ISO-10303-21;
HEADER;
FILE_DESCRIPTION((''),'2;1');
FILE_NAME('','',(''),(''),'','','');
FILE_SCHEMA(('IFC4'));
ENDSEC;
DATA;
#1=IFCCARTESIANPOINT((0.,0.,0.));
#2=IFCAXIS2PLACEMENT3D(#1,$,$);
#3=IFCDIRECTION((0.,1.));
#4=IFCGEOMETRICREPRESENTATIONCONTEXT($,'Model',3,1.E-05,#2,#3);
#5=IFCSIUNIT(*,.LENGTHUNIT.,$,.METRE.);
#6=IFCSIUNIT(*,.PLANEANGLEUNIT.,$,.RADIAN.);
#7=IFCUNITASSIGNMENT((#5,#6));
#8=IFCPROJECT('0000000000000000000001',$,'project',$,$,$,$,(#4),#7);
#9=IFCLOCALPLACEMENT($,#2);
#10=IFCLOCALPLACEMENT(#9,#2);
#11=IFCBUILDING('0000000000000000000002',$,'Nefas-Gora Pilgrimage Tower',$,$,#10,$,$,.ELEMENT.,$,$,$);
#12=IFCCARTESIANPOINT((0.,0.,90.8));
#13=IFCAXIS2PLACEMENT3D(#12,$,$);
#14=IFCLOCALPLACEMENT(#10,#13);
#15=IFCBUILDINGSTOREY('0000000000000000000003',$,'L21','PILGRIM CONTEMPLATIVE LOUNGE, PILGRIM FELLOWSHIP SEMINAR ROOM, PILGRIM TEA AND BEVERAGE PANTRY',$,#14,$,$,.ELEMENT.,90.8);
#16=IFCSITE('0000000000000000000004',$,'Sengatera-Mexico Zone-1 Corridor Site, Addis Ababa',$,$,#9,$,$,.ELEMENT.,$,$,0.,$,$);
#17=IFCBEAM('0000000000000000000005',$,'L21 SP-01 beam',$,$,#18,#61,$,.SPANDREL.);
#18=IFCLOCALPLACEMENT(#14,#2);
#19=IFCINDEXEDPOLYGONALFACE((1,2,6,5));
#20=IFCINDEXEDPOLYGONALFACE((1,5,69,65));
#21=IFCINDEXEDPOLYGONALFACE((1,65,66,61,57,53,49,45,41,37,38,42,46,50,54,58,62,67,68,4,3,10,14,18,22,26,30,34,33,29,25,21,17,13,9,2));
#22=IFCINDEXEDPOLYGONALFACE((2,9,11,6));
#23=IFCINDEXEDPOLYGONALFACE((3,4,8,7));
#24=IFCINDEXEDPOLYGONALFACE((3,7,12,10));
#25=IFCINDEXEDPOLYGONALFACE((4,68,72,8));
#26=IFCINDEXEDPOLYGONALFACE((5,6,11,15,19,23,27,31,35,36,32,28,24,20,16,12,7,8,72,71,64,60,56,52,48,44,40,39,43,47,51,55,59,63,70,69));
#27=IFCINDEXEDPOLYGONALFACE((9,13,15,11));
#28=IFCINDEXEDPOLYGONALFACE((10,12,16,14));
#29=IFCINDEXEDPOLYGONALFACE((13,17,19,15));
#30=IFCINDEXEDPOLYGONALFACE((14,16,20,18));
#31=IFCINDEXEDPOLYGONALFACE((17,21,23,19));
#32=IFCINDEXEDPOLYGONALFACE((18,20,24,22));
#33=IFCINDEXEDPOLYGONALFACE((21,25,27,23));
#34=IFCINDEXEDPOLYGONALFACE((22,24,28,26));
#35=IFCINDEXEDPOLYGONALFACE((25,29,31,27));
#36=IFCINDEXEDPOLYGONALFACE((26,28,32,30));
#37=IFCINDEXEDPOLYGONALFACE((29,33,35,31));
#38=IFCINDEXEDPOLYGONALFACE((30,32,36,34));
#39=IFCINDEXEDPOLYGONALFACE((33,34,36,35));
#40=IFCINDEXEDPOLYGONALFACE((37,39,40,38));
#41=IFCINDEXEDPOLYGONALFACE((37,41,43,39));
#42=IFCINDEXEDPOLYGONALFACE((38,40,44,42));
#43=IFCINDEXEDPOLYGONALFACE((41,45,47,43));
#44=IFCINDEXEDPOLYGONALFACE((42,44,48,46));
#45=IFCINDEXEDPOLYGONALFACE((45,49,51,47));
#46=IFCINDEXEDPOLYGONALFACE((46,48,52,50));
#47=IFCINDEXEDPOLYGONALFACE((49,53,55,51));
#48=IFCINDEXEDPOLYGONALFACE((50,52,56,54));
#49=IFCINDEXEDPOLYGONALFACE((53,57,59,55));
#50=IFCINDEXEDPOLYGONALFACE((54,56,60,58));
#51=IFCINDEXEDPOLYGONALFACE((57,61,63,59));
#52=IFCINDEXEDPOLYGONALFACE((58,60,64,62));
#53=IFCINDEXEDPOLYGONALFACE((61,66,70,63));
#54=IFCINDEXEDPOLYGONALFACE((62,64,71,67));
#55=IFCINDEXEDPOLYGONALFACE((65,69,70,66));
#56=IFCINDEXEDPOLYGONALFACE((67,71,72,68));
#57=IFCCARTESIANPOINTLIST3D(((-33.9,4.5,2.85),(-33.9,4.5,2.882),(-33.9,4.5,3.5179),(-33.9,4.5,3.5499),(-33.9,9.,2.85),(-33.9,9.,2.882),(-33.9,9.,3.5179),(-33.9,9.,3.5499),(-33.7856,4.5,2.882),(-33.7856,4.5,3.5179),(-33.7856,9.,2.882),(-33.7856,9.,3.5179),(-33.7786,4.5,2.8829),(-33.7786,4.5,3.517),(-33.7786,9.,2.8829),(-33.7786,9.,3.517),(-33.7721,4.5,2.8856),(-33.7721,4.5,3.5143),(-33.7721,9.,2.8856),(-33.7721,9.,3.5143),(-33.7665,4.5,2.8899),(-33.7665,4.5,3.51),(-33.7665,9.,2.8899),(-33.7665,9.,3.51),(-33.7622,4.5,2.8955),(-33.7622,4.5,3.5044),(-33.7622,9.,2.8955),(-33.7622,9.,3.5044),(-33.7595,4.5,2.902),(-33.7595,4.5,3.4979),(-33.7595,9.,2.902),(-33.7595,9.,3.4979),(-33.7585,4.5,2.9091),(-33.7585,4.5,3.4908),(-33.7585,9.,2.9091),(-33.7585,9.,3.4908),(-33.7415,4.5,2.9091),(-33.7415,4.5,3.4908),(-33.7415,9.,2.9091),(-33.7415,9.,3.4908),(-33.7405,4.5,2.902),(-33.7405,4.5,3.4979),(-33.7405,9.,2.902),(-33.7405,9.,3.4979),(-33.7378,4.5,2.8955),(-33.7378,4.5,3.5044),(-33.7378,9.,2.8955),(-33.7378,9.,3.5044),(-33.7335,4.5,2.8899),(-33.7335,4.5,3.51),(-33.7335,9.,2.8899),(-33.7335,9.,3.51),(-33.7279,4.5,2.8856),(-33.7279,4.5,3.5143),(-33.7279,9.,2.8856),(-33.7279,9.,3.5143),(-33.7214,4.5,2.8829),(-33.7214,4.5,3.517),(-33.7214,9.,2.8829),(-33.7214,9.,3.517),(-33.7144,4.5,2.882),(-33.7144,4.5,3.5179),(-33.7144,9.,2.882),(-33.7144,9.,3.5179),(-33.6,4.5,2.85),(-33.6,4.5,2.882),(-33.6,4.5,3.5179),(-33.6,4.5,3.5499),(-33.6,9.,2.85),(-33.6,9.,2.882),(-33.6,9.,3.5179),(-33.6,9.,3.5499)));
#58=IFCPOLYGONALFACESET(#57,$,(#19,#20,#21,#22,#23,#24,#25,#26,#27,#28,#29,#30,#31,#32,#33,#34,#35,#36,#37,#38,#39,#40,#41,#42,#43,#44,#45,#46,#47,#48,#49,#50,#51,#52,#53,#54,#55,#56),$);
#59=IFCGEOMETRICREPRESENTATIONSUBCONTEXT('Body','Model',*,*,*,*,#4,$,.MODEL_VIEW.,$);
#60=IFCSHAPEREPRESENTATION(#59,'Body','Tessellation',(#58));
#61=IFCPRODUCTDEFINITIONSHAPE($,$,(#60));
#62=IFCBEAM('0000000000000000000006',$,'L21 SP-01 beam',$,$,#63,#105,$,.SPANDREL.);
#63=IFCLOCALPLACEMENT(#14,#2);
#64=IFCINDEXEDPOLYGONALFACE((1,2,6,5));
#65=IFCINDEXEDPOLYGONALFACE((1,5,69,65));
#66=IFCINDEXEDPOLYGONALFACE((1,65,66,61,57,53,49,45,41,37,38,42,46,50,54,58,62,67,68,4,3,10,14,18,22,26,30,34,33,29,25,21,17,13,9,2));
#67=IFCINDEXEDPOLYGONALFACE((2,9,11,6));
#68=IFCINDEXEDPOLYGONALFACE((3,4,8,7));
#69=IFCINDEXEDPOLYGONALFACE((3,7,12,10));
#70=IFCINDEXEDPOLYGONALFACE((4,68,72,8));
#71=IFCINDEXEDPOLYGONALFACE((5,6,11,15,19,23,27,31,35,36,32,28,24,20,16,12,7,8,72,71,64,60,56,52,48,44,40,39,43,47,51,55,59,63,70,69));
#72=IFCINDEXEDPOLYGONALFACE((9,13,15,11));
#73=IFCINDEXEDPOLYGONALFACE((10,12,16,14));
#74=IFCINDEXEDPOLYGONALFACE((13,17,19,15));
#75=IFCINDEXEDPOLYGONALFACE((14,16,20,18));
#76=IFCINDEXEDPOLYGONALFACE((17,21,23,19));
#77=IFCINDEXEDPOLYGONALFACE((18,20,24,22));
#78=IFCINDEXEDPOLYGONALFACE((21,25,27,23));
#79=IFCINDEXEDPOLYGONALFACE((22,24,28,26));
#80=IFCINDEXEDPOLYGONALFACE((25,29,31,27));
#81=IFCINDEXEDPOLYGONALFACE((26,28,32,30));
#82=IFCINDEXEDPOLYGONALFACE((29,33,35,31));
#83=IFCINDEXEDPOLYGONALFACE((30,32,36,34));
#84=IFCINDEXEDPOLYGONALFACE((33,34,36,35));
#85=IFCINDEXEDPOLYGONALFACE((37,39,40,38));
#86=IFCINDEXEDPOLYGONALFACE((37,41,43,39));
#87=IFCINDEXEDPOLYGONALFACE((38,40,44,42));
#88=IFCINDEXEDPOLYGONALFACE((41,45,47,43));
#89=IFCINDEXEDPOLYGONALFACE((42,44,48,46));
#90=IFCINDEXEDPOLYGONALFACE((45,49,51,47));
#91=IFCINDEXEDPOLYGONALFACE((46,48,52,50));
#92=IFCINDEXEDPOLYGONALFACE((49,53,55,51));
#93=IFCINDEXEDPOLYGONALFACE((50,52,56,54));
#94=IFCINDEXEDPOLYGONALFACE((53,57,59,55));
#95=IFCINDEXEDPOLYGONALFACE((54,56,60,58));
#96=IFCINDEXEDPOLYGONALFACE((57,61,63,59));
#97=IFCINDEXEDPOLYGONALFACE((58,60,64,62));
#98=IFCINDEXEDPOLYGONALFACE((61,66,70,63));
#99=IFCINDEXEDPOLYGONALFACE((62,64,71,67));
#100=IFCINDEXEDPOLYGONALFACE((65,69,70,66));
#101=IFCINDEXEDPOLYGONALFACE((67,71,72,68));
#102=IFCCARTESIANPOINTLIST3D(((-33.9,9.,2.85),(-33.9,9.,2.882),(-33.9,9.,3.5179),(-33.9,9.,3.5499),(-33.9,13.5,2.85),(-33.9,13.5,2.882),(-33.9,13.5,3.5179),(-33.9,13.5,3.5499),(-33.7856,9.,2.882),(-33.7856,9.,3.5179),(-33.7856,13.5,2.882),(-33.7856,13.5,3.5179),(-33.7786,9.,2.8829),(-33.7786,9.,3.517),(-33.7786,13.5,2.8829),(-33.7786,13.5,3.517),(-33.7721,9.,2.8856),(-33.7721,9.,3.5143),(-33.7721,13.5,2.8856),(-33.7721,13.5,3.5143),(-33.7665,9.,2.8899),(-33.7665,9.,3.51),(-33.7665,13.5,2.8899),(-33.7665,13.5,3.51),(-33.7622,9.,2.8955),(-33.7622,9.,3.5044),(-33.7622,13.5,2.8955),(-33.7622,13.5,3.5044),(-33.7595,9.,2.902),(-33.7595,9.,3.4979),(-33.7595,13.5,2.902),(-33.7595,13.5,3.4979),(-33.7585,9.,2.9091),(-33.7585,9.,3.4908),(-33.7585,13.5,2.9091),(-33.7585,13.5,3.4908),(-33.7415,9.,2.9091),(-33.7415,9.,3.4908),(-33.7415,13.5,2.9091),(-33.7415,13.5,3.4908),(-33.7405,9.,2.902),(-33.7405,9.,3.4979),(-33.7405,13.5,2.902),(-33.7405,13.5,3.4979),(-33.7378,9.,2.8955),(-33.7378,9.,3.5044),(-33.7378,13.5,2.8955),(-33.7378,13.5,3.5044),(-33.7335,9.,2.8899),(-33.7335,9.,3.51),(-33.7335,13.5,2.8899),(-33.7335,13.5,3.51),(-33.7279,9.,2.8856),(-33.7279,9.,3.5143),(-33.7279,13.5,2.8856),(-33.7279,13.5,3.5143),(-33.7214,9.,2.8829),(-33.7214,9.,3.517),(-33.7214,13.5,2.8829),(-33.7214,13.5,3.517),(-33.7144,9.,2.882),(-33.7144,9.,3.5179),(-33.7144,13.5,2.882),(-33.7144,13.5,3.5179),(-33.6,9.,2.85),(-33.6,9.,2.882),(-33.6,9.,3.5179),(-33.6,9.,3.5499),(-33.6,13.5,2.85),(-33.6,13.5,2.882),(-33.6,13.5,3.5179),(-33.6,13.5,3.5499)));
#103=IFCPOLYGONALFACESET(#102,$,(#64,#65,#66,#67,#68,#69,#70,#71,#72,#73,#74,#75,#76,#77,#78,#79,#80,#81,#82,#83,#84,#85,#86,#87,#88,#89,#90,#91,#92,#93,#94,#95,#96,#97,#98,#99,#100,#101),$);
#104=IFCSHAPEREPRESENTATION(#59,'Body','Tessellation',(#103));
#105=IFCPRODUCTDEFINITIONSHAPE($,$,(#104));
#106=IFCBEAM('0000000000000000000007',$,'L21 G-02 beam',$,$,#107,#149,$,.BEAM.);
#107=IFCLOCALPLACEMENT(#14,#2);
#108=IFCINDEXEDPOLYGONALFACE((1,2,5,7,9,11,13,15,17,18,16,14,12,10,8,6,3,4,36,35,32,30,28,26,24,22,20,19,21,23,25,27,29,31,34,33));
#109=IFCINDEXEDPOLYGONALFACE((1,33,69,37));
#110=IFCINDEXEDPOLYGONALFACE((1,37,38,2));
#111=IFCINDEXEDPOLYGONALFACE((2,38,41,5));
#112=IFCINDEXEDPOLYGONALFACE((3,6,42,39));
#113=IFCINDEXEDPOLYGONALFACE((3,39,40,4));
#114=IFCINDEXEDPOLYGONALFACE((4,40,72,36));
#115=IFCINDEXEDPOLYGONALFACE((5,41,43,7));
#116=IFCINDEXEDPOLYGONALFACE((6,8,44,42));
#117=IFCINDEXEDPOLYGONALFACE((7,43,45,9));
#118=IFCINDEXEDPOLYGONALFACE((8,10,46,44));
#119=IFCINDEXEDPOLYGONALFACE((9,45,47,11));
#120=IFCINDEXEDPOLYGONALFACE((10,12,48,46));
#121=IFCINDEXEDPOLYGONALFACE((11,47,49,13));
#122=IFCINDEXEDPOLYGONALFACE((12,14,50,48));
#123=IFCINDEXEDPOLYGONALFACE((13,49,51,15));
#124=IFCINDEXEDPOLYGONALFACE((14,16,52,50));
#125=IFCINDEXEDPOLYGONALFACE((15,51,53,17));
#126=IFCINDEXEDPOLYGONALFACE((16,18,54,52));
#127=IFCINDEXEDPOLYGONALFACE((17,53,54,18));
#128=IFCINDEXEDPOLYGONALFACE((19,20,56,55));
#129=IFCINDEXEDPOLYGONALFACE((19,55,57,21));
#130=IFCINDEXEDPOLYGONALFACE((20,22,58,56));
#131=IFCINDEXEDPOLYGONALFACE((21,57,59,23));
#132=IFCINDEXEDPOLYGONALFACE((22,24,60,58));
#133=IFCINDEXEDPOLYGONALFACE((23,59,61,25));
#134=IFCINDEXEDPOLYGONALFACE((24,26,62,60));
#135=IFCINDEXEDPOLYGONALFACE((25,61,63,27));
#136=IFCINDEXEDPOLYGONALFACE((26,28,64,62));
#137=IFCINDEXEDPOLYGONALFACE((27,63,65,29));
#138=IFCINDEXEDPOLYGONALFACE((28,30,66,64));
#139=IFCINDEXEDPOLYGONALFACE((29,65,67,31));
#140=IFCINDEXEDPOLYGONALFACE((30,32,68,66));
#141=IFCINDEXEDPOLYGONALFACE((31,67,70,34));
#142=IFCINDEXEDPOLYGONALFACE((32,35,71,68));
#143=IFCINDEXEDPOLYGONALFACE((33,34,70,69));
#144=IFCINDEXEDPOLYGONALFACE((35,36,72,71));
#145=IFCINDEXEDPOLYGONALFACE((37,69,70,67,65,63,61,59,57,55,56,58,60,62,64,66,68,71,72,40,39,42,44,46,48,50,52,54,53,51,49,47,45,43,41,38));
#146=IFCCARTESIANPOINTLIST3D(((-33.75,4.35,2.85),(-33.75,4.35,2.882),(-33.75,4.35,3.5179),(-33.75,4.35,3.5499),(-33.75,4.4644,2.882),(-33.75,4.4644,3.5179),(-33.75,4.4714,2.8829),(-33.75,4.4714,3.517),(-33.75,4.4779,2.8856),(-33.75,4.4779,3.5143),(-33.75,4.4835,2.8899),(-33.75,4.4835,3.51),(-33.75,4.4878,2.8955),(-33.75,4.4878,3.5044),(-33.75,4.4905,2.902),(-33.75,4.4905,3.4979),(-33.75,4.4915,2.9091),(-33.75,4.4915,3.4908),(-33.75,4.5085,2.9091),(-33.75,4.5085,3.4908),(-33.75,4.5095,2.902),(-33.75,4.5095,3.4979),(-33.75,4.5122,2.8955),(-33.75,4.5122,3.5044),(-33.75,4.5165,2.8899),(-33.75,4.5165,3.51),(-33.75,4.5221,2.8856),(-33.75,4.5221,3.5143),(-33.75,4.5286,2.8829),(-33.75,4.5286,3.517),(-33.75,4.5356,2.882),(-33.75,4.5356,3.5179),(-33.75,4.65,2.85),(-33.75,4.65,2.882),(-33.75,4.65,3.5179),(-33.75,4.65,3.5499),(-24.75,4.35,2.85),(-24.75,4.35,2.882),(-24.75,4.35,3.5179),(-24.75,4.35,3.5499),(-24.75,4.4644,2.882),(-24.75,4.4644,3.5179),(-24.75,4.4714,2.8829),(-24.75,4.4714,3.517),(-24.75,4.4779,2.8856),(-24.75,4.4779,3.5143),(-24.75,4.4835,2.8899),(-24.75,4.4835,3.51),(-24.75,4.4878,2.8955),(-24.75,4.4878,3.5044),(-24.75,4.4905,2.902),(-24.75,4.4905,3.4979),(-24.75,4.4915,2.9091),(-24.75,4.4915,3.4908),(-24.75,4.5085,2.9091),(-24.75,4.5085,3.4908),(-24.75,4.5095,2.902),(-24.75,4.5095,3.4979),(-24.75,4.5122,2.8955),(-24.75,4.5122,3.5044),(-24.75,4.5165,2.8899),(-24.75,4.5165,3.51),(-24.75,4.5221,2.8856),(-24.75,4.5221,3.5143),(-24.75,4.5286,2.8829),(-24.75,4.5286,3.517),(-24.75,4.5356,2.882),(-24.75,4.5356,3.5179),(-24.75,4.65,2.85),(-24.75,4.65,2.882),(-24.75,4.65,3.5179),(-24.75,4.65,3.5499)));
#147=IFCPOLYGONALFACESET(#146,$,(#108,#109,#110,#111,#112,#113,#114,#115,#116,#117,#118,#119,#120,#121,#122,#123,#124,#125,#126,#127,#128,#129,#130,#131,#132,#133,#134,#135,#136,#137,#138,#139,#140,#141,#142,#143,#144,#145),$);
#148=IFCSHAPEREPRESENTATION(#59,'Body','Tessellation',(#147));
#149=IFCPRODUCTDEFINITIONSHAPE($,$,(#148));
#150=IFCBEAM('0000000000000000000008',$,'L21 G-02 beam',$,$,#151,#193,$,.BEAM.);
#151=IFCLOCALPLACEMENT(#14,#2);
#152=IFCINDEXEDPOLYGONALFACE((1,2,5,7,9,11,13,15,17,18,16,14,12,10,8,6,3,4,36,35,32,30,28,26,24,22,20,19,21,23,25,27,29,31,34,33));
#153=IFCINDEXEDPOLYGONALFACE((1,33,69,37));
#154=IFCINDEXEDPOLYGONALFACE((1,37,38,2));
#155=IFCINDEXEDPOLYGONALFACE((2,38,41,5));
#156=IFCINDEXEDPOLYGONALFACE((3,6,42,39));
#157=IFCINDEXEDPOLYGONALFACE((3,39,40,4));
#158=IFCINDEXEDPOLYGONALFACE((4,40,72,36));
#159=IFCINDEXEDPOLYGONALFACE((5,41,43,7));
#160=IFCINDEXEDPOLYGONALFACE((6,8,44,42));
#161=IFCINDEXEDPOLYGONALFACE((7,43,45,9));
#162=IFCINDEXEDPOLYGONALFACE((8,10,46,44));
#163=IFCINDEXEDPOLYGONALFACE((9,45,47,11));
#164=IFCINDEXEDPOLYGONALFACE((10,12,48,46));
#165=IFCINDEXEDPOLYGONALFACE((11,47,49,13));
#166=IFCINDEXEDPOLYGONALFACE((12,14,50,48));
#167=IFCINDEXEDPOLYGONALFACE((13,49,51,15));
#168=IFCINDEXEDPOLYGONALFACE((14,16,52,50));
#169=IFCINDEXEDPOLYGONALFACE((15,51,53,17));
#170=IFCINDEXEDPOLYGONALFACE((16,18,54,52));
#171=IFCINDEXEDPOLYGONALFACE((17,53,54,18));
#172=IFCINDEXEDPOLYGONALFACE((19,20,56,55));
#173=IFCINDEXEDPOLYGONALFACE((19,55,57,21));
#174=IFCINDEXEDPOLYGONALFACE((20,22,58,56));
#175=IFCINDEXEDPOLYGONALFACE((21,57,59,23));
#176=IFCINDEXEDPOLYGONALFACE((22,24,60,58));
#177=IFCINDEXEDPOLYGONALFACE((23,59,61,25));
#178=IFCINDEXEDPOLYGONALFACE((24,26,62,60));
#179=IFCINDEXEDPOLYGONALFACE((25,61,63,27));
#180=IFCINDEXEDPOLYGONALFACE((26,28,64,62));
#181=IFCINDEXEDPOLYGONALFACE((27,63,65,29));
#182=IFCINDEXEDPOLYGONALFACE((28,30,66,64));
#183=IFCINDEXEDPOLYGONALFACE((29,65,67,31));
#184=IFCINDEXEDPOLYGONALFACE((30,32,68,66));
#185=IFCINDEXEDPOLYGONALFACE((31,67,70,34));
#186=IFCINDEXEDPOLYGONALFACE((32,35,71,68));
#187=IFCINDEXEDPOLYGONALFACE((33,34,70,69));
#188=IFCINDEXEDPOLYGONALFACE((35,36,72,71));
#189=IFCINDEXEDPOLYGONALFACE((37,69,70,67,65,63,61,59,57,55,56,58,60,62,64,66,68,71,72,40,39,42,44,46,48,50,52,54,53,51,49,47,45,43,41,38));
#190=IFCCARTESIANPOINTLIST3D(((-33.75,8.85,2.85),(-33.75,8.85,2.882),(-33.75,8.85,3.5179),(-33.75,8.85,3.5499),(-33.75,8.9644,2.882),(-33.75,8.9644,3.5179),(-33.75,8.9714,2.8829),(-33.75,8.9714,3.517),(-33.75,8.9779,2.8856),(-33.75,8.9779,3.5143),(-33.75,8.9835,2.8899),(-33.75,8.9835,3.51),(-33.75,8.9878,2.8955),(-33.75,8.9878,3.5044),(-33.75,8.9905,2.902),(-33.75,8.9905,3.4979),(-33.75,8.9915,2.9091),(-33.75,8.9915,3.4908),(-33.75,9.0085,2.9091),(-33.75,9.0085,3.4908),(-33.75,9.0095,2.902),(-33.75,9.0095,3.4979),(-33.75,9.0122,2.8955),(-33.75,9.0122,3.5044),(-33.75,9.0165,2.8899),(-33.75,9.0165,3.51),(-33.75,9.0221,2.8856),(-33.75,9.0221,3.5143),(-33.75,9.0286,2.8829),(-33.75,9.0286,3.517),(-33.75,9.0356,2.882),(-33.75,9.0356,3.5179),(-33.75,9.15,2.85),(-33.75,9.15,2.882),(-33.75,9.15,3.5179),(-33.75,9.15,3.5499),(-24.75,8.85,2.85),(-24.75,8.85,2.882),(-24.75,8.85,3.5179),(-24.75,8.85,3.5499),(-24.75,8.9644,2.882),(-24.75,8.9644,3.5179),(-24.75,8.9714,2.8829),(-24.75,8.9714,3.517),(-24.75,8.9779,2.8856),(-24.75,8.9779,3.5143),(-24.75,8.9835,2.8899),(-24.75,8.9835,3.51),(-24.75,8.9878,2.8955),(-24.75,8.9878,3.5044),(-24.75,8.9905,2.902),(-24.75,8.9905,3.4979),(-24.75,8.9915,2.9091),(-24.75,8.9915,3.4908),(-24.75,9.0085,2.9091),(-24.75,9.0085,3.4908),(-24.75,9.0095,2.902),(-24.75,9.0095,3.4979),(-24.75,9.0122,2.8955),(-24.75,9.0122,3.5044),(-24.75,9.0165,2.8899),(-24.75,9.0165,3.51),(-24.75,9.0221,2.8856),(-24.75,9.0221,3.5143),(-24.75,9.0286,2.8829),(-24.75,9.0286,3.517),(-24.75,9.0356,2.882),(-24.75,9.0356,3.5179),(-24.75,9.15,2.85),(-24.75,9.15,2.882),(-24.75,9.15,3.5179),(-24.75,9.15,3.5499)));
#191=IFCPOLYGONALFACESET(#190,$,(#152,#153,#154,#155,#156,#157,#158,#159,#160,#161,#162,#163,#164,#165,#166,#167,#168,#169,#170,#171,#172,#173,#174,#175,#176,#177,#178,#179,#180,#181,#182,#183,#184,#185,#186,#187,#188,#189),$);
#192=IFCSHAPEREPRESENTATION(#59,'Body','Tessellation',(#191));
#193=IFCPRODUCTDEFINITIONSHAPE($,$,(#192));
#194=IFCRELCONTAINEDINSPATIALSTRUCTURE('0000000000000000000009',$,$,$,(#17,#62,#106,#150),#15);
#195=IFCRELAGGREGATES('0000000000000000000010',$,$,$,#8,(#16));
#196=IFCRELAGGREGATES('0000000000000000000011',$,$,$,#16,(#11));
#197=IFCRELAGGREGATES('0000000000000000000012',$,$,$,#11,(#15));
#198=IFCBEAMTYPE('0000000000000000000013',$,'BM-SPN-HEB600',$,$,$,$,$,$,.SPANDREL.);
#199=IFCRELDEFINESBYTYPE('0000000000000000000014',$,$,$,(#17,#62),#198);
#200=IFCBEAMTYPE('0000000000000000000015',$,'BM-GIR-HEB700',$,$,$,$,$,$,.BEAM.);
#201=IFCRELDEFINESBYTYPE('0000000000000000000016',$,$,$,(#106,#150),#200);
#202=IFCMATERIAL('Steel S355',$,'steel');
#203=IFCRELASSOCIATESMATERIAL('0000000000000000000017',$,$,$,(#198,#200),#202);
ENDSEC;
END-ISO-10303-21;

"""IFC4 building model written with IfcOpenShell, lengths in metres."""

from ifc_helpers import new_model, si_unit, direction, frame, origin, origin_2d, place, context, subcontext, project, spatial, i_section, extrude, source, transform, mapped, material, material_profile, profile_set, type_object, element, save


model = new_model("IFC4")

# Units and contexts
model_context = context("Model", 3, precision=1e-05, world=origin(), true_north=direction((0.0, 1.0)))
body_context = subcontext(model_context, "Body", "Model", "MODEL_VIEW")
ifc_project = project(units=[si_unit("LENGTHUNIT", "METRE"), si_unit("PLANEANGLEUNIT", "RADIAN")], contexts=[model_context])

# Site, building, storey
site_placement = place(None, origin())
site = spatial("IfcSite", under=ifc_project, at=site_placement, Name="Sengatera-Mexico Zone-1 Corridor Site, Addis Ababa", CompositionType="ELEMENT", RefElevation=0.0)
building_placement = place(site_placement, origin())
building = spatial("IfcBuilding", under=site, at=building_placement, Name="Nefas-Gora Pilgrimage Tower", CompositionType="ELEMENT")
storey_placement = place(building_placement, frame((0.0, 0.0, 90.8)))
storey = spatial("IfcBuildingStorey", under=building, at=storey_placement, Name="L21", Description="PILGRIM CONTEMPLATIVE LOUNGE, PILGRIM FELLOWSHIP SEMINAR ROOM, PILGRIM TEA AND BEVERAGE PANTRY", CompositionType="ELEMENT", Elevation=90.8)

# Beams
ifc_material_1 = material(Name="Steel S355", Category="steel")
ifc_material_profile_1 = material_profile(ifc_material_1, i_section(OverallWidth=0.3, OverallDepth=0.7, WebThickness=0.0171, FlangeThickness=0.032, FilletRadius=0.0271, at=origin_2d()), Name="HEB 700")
ifc_profile_set_1 = profile_set([ifc_material_profile_1], Name="Steel S355")
beam_type_1 = type_object("IfcBeamType", Name="BM-SPN-HEB600", PredefinedType="SPANDREL", material=ifc_profile_set_1)
shared_shape_1 = source(origin(), body_context, "Body", "SweptSolid", [
    extrude(i_section(OverallWidth=0.3, OverallDepth=0.7, WebThickness=0.0171, FlangeThickness=0.032, FilletRadius=0.0271, at=origin_2d()), origin(), (0.0, 0.0, 1.0), 4.5),
])
for number, where, z_axis, x_axis, name in (
    (1, (-33.75, 4.5, 3.2), (0.0, 1.0, 0.0), (-1.0, 0.0, 0.0), "L21 SP-01 beam"),
    (2, (-33.75, 9.0, 3.2), (0.0, 1.0, 0.0), (-1.0, 0.0, 0.0), "L21 SP-01 beam"),
):
    element("IfcBeam", number, at=place(storey_placement, frame(where, z_axis=z_axis, x_axis=x_axis)), inside=storey, type_object=beam_type_1, Name=name, PredefinedType="SPANDREL", context=body_context, shape_type="MappedRepresentation", body=[
        mapped(shared_shape_1, transform((0.0, 0.0, 0.0), x_axis=(1.0, 0.0, 0.0), y_axis=(0.0, 1.0, 0.0), z_axis=(0.0, 0.0, 1.0), scale=1.0)),
    ])
ifc_material_profile_2 = material_profile(ifc_material_1, i_section(OverallWidth=0.3, OverallDepth=0.7, WebThickness=0.0171, FlangeThickness=0.032, FilletRadius=0.0271, at=origin_2d()), Name="HEB 700")
ifc_profile_set_2 = profile_set([ifc_material_profile_2], Name="Steel S355")
beam_type_2 = type_object("IfcBeamType", Name="BM-GIR-HEB700", PredefinedType="BEAM", material=ifc_profile_set_2)
shared_shape_2 = source(origin(), body_context, "Body", "SweptSolid", [
    extrude(i_section(OverallWidth=0.3, OverallDepth=0.7, WebThickness=0.0171, FlangeThickness=0.032, FilletRadius=0.0271, at=origin_2d()), origin(), (0.0, 0.0, 1.0), 9.0),
])
for number, where, z_axis, x_axis, name in (
    (3, (-33.75, 4.5, 3.2), (1.0, 0.0, 0.0), (0.0, 1.0, 0.0), "L21 G-02 beam"),
    (4, (-33.75, 9.0, 3.2), (1.0, 0.0, 0.0), (0.0, 1.0, 0.0), "L21 G-02 beam"),
):
    element("IfcBeam", number, at=place(storey_placement, frame(where, z_axis=z_axis, x_axis=x_axis)), inside=storey, type_object=beam_type_2, Name=name, PredefinedType="BEAM", context=body_context, shape_type="MappedRepresentation", body=[
        mapped(shared_shape_2, transform((0.0, 0.0, 0.0), x_axis=(1.0, 0.0, 0.0), y_axis=(0.0, 1.0, 0.0), z_axis=(0.0, 0.0, 1.0), scale=1.0)),
    ])

save(model, "model.ifc")
